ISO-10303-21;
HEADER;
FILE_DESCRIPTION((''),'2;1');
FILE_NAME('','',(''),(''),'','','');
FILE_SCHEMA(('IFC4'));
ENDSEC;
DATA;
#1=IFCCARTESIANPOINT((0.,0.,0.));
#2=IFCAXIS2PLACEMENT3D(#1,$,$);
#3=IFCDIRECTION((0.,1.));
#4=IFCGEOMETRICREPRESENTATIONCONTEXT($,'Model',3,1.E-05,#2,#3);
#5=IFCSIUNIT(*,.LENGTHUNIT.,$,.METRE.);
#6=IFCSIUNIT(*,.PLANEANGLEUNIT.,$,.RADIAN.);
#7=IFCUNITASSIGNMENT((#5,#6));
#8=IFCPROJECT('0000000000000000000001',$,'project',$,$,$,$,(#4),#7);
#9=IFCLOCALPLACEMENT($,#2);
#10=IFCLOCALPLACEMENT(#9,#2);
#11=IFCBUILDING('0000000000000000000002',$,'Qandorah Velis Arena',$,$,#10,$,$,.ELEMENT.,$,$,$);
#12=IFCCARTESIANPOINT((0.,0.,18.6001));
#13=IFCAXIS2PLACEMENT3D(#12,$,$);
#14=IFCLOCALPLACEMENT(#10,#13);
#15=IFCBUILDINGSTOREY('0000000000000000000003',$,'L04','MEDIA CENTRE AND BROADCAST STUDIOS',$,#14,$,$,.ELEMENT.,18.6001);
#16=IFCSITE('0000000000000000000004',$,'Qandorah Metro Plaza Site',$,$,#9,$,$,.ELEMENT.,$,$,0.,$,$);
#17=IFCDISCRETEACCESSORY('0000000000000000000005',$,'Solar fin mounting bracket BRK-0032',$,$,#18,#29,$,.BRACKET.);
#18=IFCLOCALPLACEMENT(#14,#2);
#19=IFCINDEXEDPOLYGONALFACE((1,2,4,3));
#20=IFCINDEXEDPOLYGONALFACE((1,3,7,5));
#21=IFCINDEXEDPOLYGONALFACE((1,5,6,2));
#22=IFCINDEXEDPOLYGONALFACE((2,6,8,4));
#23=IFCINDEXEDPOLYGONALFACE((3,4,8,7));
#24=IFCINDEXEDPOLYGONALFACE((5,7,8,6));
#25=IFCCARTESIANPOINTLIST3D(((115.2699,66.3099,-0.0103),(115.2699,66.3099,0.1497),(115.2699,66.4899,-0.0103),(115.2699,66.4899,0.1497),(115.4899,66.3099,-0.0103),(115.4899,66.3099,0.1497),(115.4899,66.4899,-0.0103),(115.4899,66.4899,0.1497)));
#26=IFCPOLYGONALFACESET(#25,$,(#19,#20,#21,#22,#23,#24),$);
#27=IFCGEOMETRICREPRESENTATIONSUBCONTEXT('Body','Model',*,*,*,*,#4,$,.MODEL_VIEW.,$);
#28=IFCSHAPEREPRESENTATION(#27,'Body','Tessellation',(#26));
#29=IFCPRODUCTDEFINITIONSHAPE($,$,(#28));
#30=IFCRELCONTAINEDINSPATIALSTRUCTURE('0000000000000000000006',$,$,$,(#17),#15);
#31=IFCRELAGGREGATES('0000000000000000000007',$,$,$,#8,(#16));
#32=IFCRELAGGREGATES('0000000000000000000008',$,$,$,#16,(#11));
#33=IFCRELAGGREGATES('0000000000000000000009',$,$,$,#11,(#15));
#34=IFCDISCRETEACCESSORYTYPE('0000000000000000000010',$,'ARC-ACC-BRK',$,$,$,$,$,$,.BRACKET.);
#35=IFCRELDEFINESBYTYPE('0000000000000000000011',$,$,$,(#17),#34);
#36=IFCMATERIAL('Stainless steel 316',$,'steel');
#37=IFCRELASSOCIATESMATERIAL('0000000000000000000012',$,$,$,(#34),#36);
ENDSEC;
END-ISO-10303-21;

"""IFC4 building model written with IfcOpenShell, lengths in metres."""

from ifc_helpers import new_model, si_unit, direction, frame, origin, origin_2d, place, context, subcontext, project, spatial, rectangle, extrude, material, type_object, element, save


model = new_model("IFC4")

# Units and contexts
model_context = context("Model", 3, precision=1e-05, world=origin(), true_north=direction((0.0, 1.0)))
body_context = subcontext(model_context, "Body", "Model", "MODEL_VIEW")
ifc_project = project(units=[si_unit("LENGTHUNIT", "METRE"), si_unit("PLANEANGLEUNIT", "RADIAN")], contexts=[model_context])

# Site, building, storey
site_placement = place(None, origin())
site = spatial("IfcSite", under=ifc_project, at=site_placement, Name="Qandorah Metro Plaza Site", CompositionType="ELEMENT", RefElevation=0.0)
building_placement = place(site_placement, origin())
building = spatial("IfcBuilding", under=site, at=building_placement, Name="Qandorah Velis Arena", CompositionType="ELEMENT")
storey_placement = place(building_placement, frame((0.0, 0.0, 18.6001)))
storey = spatial("IfcBuildingStorey", under=building, at=storey_placement, Name="L04", Description="MEDIA CENTRE AND BROADCAST STUDIOS", CompositionType="ELEMENT", Elevation=18.6001)

# Discrete accessory
ifc_material_1 = material(Name="Stainless steel 316", Category="steel")
discrete_accessory_type = type_object("IfcDiscreteAccessoryType", Name="ARC-ACC-BRK", PredefinedType="BRACKET", material=ifc_material_1)
for number, where, z_axis, x_axis, name in (
    (1, (115.3799, 66.3999, -0.0103), (0.0, 0.0, 1.0), (1.0, 0.0, 0.0), "Solar fin mounting bracket BRK-0032"),
):
    element("IfcDiscreteAccessory", number, at=place(storey_placement, frame(where, z_axis=z_axis, x_axis=x_axis)), inside=storey, type_object=discrete_accessory_type, Name=name, PredefinedType="BRACKET", context=body_context, shape_type="SweptSolid", body=[
        extrude(rectangle(XDim=0.22, YDim=0.1799, at=origin_2d()), origin(), (0.0, 0.0, 1.0), 0.1599),
    ])

save(model, "model.ifc")
